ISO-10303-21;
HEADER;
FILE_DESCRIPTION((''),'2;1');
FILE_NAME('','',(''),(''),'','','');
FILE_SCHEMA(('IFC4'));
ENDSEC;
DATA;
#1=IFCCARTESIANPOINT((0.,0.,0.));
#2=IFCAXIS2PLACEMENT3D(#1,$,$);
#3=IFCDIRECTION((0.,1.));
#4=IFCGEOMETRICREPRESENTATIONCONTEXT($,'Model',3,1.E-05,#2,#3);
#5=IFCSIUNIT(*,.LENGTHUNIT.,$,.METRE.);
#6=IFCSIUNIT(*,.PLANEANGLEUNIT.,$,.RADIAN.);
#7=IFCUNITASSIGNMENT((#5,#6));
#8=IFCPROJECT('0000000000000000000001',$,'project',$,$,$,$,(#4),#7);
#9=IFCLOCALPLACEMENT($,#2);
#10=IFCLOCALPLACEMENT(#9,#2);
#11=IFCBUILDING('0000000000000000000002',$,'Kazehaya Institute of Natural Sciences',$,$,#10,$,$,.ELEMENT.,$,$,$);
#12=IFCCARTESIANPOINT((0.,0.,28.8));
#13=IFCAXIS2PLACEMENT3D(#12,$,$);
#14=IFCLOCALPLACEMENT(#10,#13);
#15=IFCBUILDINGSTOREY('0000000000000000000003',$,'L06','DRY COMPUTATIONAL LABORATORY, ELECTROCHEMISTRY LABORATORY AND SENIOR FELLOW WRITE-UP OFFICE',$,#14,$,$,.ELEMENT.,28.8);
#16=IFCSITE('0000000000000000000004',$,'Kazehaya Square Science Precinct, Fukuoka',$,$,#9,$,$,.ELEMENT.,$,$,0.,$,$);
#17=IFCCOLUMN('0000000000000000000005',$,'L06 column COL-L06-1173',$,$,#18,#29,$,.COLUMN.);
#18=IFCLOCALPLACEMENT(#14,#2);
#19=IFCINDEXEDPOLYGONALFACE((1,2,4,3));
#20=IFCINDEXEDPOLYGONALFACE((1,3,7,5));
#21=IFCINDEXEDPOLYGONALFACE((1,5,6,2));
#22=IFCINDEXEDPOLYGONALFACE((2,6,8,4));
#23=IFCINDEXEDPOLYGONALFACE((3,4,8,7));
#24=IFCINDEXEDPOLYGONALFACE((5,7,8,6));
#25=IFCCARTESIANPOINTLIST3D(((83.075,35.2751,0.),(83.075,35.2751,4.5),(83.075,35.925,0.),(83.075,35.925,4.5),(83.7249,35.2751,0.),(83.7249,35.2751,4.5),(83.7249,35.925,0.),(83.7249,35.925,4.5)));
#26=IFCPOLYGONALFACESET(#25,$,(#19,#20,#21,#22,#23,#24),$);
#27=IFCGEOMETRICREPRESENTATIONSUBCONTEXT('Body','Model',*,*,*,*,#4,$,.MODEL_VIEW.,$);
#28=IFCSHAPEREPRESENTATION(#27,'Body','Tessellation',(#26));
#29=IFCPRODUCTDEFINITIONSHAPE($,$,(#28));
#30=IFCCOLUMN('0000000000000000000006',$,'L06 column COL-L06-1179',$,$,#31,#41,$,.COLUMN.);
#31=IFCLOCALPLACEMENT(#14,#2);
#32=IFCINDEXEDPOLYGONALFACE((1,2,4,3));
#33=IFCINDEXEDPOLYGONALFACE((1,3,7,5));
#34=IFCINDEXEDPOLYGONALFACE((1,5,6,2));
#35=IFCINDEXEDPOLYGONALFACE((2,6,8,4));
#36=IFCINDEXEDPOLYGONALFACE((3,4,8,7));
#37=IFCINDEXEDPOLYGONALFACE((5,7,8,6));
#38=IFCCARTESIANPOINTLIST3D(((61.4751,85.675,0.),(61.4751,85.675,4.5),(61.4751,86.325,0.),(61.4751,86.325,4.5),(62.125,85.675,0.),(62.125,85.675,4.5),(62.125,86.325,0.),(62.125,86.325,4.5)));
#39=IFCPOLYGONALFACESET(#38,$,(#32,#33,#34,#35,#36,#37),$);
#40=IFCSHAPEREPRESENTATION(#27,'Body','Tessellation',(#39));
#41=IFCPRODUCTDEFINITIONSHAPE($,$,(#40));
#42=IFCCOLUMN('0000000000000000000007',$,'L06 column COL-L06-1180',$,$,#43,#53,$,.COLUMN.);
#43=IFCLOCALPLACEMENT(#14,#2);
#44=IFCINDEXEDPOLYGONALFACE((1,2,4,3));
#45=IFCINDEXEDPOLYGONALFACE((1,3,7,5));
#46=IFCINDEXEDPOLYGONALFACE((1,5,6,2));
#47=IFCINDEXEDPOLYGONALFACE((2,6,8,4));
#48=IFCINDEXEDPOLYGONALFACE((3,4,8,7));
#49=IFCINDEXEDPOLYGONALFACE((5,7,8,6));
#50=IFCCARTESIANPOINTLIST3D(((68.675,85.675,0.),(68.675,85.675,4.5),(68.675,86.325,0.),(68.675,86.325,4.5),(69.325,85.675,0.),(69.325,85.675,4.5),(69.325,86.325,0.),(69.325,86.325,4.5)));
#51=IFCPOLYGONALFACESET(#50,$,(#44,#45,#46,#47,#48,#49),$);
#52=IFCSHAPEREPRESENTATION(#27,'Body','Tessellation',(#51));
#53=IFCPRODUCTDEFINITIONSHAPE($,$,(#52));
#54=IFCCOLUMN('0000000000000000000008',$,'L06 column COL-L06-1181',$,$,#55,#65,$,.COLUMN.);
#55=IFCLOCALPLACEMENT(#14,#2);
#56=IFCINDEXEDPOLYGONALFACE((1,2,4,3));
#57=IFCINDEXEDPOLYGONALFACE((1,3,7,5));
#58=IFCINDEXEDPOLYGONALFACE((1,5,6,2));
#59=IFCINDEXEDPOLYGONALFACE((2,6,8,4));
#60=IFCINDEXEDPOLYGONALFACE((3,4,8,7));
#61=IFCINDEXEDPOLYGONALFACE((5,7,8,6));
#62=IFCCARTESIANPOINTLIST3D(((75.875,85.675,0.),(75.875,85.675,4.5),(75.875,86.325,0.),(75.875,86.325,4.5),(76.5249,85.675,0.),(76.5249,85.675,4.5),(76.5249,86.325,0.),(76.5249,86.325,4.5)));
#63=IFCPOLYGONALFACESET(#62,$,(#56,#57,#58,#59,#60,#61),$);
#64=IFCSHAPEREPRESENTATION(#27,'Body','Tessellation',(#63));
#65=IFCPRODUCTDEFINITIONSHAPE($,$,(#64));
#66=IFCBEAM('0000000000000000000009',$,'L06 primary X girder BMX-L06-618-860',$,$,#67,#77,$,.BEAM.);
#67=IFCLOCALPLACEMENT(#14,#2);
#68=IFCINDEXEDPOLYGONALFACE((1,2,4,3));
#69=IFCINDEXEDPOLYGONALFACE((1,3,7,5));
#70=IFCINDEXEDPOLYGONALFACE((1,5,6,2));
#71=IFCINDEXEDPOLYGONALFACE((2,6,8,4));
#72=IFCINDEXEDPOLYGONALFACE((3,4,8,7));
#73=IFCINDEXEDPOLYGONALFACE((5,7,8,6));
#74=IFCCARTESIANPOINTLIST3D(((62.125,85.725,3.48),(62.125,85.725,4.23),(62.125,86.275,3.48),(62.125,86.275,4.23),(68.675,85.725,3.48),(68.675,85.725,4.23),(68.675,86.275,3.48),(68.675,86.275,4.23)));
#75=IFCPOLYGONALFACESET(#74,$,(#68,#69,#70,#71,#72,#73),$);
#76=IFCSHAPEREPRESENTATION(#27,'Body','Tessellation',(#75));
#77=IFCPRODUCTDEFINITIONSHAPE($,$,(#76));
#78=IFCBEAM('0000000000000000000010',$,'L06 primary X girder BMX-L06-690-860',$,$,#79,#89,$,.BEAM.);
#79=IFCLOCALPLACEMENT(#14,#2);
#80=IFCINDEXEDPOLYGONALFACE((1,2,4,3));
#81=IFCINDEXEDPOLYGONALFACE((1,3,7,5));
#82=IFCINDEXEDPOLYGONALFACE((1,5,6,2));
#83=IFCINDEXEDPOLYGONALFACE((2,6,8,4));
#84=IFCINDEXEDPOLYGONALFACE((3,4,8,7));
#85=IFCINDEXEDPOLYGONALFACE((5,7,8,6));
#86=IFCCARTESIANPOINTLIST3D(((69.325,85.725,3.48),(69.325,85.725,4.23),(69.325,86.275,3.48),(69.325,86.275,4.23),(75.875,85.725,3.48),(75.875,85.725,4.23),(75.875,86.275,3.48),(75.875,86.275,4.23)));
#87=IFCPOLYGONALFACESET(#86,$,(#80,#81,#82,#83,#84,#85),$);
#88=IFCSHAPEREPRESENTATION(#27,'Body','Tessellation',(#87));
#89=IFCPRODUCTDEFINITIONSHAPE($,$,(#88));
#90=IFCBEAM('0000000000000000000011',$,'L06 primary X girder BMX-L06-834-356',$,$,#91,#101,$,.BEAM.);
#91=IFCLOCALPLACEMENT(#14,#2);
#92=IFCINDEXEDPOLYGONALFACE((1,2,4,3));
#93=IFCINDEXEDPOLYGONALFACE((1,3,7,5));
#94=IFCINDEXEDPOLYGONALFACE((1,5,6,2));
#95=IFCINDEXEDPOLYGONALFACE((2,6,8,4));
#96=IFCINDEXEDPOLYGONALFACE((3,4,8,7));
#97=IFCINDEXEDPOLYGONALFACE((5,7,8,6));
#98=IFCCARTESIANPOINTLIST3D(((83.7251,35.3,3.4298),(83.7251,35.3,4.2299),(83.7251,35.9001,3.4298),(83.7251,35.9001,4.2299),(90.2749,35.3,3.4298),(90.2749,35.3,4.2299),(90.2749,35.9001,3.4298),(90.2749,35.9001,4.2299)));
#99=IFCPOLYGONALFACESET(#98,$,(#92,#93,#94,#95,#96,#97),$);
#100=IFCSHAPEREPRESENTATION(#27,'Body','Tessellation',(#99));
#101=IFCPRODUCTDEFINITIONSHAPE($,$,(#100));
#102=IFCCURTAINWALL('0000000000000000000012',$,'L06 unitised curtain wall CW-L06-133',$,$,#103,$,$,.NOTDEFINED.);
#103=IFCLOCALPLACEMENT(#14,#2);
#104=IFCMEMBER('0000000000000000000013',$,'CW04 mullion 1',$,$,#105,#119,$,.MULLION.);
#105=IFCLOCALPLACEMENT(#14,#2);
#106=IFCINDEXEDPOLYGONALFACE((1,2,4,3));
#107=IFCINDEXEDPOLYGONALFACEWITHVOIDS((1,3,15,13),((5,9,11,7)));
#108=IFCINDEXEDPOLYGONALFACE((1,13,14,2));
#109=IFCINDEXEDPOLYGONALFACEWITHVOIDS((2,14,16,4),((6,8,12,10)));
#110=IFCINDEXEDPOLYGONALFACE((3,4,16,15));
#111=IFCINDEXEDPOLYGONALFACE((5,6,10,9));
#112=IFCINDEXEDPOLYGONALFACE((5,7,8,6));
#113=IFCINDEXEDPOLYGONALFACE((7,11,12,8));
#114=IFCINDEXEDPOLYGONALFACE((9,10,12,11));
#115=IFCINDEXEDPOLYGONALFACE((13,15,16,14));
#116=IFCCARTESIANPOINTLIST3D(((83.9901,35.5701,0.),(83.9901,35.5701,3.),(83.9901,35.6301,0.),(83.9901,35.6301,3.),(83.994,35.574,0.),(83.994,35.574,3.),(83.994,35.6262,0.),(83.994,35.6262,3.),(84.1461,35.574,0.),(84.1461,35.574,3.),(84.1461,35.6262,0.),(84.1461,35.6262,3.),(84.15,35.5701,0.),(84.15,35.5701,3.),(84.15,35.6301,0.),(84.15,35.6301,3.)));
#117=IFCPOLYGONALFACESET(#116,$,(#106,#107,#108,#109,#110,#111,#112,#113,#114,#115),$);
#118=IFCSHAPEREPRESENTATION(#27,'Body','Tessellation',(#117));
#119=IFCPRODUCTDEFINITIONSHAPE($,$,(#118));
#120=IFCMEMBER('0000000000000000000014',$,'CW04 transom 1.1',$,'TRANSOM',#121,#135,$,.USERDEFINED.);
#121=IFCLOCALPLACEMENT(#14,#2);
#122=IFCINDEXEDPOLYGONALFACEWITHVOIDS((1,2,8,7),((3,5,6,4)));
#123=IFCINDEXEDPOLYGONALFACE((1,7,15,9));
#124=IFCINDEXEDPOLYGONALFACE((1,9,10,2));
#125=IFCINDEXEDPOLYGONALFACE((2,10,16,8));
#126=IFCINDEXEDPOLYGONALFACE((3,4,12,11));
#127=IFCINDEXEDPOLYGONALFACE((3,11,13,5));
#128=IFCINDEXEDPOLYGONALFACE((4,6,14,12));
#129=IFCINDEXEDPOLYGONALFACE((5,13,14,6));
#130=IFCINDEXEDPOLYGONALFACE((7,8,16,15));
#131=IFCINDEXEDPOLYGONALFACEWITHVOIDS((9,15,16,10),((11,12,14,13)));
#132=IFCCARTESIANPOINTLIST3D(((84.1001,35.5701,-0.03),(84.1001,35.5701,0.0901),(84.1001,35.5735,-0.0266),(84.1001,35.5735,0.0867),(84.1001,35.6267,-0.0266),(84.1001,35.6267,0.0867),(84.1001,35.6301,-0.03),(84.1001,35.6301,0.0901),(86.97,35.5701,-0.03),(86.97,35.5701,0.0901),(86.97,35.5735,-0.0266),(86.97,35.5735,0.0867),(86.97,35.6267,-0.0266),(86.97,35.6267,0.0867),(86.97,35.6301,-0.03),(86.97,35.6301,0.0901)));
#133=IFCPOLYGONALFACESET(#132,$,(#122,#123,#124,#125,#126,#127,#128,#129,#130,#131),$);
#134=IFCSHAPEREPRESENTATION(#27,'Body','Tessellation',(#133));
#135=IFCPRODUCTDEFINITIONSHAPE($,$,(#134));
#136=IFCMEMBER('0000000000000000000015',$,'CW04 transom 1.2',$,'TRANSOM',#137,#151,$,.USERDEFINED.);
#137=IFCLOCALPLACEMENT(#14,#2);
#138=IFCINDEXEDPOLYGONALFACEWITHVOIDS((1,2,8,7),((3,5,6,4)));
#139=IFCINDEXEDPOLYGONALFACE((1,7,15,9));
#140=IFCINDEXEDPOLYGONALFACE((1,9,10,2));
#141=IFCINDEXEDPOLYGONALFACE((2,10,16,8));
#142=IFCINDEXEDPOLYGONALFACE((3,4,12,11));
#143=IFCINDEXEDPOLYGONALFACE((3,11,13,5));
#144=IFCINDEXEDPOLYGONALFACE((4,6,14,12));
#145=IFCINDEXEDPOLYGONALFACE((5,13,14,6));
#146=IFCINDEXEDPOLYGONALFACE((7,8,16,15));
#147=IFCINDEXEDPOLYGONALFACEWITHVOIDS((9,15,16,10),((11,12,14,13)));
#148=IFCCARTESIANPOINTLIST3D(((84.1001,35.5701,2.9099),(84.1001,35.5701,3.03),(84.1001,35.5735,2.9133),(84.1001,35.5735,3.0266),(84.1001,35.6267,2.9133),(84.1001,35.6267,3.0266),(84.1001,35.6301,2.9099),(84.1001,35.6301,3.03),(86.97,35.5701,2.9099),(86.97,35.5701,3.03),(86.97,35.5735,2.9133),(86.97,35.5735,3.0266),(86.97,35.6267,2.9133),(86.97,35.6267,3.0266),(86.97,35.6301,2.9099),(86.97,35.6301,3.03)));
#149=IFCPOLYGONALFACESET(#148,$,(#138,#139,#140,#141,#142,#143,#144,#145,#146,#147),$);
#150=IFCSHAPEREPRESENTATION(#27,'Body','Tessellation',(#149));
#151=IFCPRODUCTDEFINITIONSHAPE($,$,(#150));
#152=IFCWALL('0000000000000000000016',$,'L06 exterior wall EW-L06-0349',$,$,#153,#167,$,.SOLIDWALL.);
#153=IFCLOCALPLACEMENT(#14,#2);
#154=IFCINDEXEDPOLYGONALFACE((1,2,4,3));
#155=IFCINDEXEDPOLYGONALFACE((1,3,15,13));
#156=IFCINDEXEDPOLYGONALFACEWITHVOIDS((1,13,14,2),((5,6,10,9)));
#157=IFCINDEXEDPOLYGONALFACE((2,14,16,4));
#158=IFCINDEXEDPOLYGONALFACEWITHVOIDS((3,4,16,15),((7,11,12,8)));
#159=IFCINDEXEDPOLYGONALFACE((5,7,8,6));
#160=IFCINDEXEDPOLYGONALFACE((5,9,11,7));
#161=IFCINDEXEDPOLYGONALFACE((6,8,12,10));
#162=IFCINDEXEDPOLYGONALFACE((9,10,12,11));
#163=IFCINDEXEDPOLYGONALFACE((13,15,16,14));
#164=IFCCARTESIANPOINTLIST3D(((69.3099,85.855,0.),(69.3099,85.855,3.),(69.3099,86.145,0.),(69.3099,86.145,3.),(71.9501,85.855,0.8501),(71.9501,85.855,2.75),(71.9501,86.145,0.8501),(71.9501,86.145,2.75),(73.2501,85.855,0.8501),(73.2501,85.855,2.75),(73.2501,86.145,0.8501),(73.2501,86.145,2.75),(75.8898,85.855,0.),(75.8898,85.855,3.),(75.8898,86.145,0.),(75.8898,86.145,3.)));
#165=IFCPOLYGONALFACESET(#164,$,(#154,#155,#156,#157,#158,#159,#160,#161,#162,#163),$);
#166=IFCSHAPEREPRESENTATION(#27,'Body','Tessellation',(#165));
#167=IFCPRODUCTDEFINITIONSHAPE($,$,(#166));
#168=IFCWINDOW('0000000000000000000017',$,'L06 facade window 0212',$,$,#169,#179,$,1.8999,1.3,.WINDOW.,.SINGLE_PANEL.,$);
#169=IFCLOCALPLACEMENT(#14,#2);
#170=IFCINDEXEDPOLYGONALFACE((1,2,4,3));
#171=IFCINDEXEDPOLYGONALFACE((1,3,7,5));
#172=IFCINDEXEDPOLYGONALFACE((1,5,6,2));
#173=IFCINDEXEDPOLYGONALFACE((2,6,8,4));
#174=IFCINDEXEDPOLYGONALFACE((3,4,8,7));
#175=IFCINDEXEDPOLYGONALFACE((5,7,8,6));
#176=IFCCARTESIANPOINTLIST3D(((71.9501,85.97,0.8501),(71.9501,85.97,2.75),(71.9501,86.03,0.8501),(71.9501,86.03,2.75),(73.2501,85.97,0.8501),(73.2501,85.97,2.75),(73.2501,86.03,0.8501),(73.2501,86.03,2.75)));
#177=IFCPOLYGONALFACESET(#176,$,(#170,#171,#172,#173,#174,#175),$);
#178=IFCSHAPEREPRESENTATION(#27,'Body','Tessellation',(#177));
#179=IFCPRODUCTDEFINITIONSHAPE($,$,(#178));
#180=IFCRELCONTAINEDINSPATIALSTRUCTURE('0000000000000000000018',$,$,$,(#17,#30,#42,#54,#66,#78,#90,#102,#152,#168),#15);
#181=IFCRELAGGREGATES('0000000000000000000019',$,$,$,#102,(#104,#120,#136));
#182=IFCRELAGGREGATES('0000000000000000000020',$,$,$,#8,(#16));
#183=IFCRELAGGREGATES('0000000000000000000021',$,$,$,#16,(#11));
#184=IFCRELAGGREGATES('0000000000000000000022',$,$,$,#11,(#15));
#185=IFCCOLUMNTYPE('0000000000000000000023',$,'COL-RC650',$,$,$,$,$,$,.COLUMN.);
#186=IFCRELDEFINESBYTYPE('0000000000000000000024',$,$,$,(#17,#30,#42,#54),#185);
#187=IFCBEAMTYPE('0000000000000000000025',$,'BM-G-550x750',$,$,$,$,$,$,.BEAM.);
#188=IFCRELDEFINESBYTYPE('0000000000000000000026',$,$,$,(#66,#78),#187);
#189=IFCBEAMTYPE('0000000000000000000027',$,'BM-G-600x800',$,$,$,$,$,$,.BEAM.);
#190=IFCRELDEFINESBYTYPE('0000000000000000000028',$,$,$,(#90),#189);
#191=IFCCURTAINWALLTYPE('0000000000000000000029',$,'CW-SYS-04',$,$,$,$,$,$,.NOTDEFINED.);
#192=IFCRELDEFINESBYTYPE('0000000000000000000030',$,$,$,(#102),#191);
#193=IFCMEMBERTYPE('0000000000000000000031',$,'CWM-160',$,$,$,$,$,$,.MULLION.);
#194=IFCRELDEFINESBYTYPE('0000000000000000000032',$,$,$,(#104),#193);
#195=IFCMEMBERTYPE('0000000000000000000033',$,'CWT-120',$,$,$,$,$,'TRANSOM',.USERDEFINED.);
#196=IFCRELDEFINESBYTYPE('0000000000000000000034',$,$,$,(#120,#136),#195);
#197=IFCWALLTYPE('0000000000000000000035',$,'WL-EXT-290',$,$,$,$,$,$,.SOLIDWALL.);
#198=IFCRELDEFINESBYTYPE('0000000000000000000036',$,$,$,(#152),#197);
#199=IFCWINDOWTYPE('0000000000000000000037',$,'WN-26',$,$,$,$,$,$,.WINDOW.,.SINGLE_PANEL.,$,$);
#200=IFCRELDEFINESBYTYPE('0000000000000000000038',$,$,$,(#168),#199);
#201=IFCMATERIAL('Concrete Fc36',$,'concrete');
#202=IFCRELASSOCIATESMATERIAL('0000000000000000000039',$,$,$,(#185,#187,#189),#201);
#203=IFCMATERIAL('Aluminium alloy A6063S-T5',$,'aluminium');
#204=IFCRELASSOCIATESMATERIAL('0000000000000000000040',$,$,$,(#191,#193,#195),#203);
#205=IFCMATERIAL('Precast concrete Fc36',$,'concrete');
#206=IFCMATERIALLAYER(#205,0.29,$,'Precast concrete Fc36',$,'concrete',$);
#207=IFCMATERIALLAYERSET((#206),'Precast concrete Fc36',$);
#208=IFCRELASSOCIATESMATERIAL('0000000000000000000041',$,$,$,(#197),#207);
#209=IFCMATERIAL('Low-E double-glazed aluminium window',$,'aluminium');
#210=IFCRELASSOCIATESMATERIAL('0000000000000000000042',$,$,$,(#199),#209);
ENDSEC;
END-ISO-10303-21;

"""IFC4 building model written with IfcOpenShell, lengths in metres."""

from ifc_helpers import new_model, si_unit, direction, frame, frame_2d, origin, origin_2d, place, context, subcontext, project, spatial, rectangle, hollow_rectangle, extrude, material, layer, layer_set, material_profile, profile_set, type_object, element, fill, aggregate, save


model = new_model("IFC4")

# Units and contexts
model_context = context("Model", 3, precision=1e-05, world=origin(), true_north=direction((0.0, 1.0)))
body_context = subcontext(model_context, "Body", "Model", "MODEL_VIEW")
ifc_project = project(units=[si_unit("LENGTHUNIT", "METRE"), si_unit("PLANEANGLEUNIT", "RADIAN")], contexts=[model_context])

# Site, building, storey
site_placement = place(None, origin())
site = spatial("IfcSite", under=ifc_project, at=site_placement, Name="Kazehaya Square Science Precinct, Fukuoka", CompositionType="ELEMENT", RefElevation=0.0)
building_placement = place(site_placement, origin())
building = spatial("IfcBuilding", under=site, at=building_placement, Name="Kazehaya Institute of Natural Sciences", CompositionType="ELEMENT")
storey_placement = place(building_placement, frame((0.0, 0.0, 28.8)))
storey = spatial("IfcBuildingStorey", under=building, at=storey_placement, Name="L06", Description="DRY COMPUTATIONAL LABORATORY, ELECTROCHEMISTRY LABORATORY AND SENIOR FELLOW WRITE-UP OFFICE", CompositionType="ELEMENT", Elevation=28.8)

# Columns
ifc_material_1 = material(Name="Concrete Fc36", Category="concrete")
ifc_material_profile_1 = material_profile(ifc_material_1, rectangle(XDim=0.6499, YDim=0.6499, at=origin_2d()), Name="RC-650x650")
ifc_profile_set_1 = profile_set([ifc_material_profile_1], Name="Concrete Fc36")
column_type = type_object("IfcColumnType", Name="COL-RC650", PredefinedType="COLUMN", material=ifc_profile_set_1)
for number, where, z_axis, x_axis, name in (
    (1, (83.3999, 35.6001, 0.0), (0.0, 0.0, 1.0), (1.0, 0.0, 0.0), "L06 column COL-L06-1173"),
    (2, (61.8, 86.0, 0.0), (0.0, 0.0, 1.0), (1.0, 0.0, 0.0), "L06 column COL-L06-1179"),
    (3, (69.0, 86.0, 0.0), (0.0, 0.0, 1.0), (1.0, 0.0, 0.0), "L06 column COL-L06-1180"),
    (4, (76.2, 86.0, 0.0), (0.0, 0.0, 1.0), (1.0, 0.0, 0.0), "L06 column COL-L06-1181"),
):
    element("IfcColumn", number, at=place(storey_placement, frame(where, z_axis=z_axis, x_axis=x_axis)), inside=storey, type_object=column_type, Name=name, PredefinedType="COLUMN", context=body_context, shape_type="SweptSolid", body=[
        extrude(rectangle(XDim=0.6499, YDim=0.6499, at=origin_2d()), origin(), (0.0, 0.0, 1.0), 4.5),
    ])

# Beams
ifc_material_profile_2 = material_profile(ifc_material_1, rectangle(XDim=0.55, YDim=0.75, at=origin_2d()), Name="RC-550x750")
ifc_profile_set_2 = profile_set([ifc_material_profile_2], Name="Concrete Fc36")
beam_type_1 = type_object("IfcBeamType", Name="BM-G-550x750", PredefinedType="BEAM", material=ifc_profile_set_2)
for number, where, z_axis, x_axis, name in (
    (5, (62.125, 86.0, 3.855), (1.0, 0.0, 0.0), (0.0, 1.0, 0.0), "L06 primary X girder BMX-L06-618-860"),
    (6, (69.325, 86.0, 3.855), (1.0, 0.0, 0.0), (0.0, 1.0, 0.0), "L06 primary X girder BMX-L06-690-860"),
):
    element("IfcBeam", number, at=place(storey_placement, frame(where, z_axis=z_axis, x_axis=x_axis)), inside=storey, type_object=beam_type_1, Name=name, PredefinedType="BEAM", context=body_context, shape_type="SweptSolid", body=[
        extrude(rectangle(XDim=0.55, YDim=0.75, at=origin_2d()), origin(), (0.0, 0.0, 1.0), 6.55),
    ])
ifc_material_profile_3 = material_profile(ifc_material_1, rectangle(XDim=0.6001, YDim=0.8, at=origin_2d()), Name="RC-600x800")
ifc_profile_set_3 = profile_set([ifc_material_profile_3], Name="Concrete Fc36")
beam_type_2 = type_object("IfcBeamType", Name="BM-G-600x800", PredefinedType="BEAM", material=ifc_profile_set_3)
beam_placement = place(storey_placement, frame((83.7251, 35.6001, 3.8298), z_axis=(1.0, 0.0, 0.0), x_axis=(0.0, 1.0, 0.0)))
element("IfcBeam", 7, at=beam_placement, inside=storey, type_object=beam_type_2, Name="L06 primary X girder BMX-L06-834-356", PredefinedType="BEAM", context=body_context, shape_type="SweptSolid", body=[
    extrude(rectangle(XDim=0.6001, YDim=0.8, at=origin_2d()), origin(), (0.0, 0.0, 1.0), 6.5498),
])

# Curtain wall, members
ifc_material_2 = material(Name="Aluminium alloy A6063S-T5", Category="aluminium")
curtain_wall_type = type_object("IfcCurtainWallType", Name="CW-SYS-04", PredefinedType="NOTDEFINED", material=ifc_material_2)
curtain_wall_placement = place(storey_placement, origin())
curtain_wall = element("IfcCurtainWall", 8, at=curtain_wall_placement, inside=storey, type_object=curtain_wall_type, Name="L06 unitised curtain wall CW-L06-133", PredefinedType="NOTDEFINED")
ifc_material_profile_4 = material_profile(ifc_material_2, hollow_rectangle(XDim=0.0601, YDim=0.1599, WallThickness=0.0039, at=origin_2d()), Name="ALU-60x160x4")
ifc_profile_set_4 = profile_set([ifc_material_profile_4], Name="Aluminium alloy A6063S-T5")
member_type_1 = type_object("IfcMemberType", Name="CWM-160", PredefinedType="MULLION", material=ifc_profile_set_4)
member_1_placement = place(storey_placement, frame((84.0701, 35.6001, 0.0), z_axis=(0.0, 0.0, 1.0), x_axis=(0.0, 1.0, 0.0)))
member_1 = element("IfcMember", 9, at=member_1_placement, type_object=member_type_1, Name="CW04 mullion 1", PredefinedType="MULLION", context=body_context, shape_type="SweptSolid", body=[
    extrude(hollow_rectangle(XDim=0.0601, YDim=0.1599, WallThickness=0.0039, at=origin_2d()), origin(), (0.0, 0.0, 1.0), 3.0),
])
ifc_material_profile_5 = material_profile(ifc_material_2, hollow_rectangle(XDim=0.0601, YDim=0.1201, WallThickness=0.0034, at=origin_2d()), Name="ALU-60x120x3.5")
ifc_profile_set_5 = profile_set([ifc_material_profile_5], Name="Aluminium alloy A6063S-T5")
member_type_2 = type_object("IfcMemberType", Name="CWT-120", ElementType="TRANSOM", PredefinedType="USERDEFINED", material=ifc_profile_set_5)
member_2_placement = place(storey_placement, frame((84.1001, 35.6001, 0.03), z_axis=(1.0, 0.0, 0.0), x_axis=(0.0, 1.0, 0.0)))
member_2 = element("IfcMember", 10, at=member_2_placement, type_object=member_type_2, Name="CW04 transom 1.1", ObjectType="TRANSOM", PredefinedType="USERDEFINED", context=body_context, shape_type="SweptSolid", body=[
    extrude(hollow_rectangle(XDim=0.0601, YDim=0.1201, WallThickness=0.0034, at=origin_2d()), origin(), (0.0, 0.0, 1.0), 2.8699),
])
member_3_placement = place(storey_placement, frame((84.1001, 35.6001, 2.97), z_axis=(1.0, 0.0, 0.0), x_axis=(0.0, 1.0, 0.0)))
member_3 = element("IfcMember", 11, at=member_3_placement, type_object=member_type_2, Name="CW04 transom 1.2", ObjectType="TRANSOM", PredefinedType="USERDEFINED", context=body_context, shape_type="SweptSolid", body=[
    extrude(hollow_rectangle(XDim=0.0601, YDim=0.1201, WallThickness=0.0034, at=origin_2d()), origin(), (0.0, 0.0, 1.0), 2.8699),
])
aggregate(curtain_wall, [member_1, member_2, member_3])

# Wall, opening, window
ifc_material_3 = material(Name="Precast concrete Fc36", Category="concrete")
ifc_layer = layer(ifc_material_3, 0.29, Name="Precast concrete Fc36", Category="concrete")
ifc_layer_set = layer_set([ifc_layer], Name="Precast concrete Fc36")
wall_type = type_object("IfcWallType", Name="WL-EXT-290", PredefinedType="SOLIDWALL", material=ifc_layer_set)
wall_1_placement = place(storey_placement, frame((75.8899, 86.0, 0.0), z_axis=(0.0, 0.0, 1.0), x_axis=(-1.0, 0.0, 0.0)))
wall_1 = element("IfcWall", 12, at=wall_1_placement, inside=storey, type_object=wall_type, Name="L06 exterior wall EW-L06-0349", PredefinedType="SOLIDWALL", context=body_context, shape_type="SweptSolid", body=[
    extrude(rectangle(XDim=6.5798, YDim=0.29, at=frame_2d((3.29, 0.0))), origin(), (0.0, 0.0, 1.0), 3.0),
])
opening_1_placement = place(wall_1_placement, frame((2.6399, 0.0, 0.8501)))
opening_1 = element("IfcOpeningElement", 13, at=opening_1_placement, cuts=wall_1, PredefinedType="OPENING", context=body_context, shape_type="SweptSolid", body=[
    extrude(rectangle(XDim=1.3, YDim=1.8999, at=frame_2d((0.6499, 0.95))), frame((0.0, 0.155, 0.0), z_axis=(0.0, -1.0, 0.0), x_axis=(1.0, 0.0, 0.0)), (0.0, 0.0, 1.0), 0.3101),
])
ifc_material_4 = material(Name="Low-E double-glazed aluminium window", Category="aluminium")
window_type = type_object("IfcWindowType", Name="WN-26", PartitioningType="SINGLE_PANEL", PredefinedType="WINDOW", material=ifc_material_4)
window_placement = place(opening_1_placement, origin())
window = element("IfcWindow", 14, at=window_placement, inside=storey, type_object=window_type, Name="L06 facade window 0212", OverallHeight=1.8999, OverallWidth=1.3, PartitioningType="SINGLE_PANEL", PredefinedType="WINDOW", context=body_context, shape_type="SweptSolid", body=[
    extrude(rectangle(XDim=1.3, YDim=1.8999, at=frame_2d((0.6499, 0.95))), frame((0.0, 0.03, 0.0), z_axis=(0.0, -1.0, 0.0), x_axis=(1.0, 0.0, 0.0)), (0.0, 0.0, 1.0), 0.0601),
])
fill(opening_1, window)

save(model, "model.ifc")
